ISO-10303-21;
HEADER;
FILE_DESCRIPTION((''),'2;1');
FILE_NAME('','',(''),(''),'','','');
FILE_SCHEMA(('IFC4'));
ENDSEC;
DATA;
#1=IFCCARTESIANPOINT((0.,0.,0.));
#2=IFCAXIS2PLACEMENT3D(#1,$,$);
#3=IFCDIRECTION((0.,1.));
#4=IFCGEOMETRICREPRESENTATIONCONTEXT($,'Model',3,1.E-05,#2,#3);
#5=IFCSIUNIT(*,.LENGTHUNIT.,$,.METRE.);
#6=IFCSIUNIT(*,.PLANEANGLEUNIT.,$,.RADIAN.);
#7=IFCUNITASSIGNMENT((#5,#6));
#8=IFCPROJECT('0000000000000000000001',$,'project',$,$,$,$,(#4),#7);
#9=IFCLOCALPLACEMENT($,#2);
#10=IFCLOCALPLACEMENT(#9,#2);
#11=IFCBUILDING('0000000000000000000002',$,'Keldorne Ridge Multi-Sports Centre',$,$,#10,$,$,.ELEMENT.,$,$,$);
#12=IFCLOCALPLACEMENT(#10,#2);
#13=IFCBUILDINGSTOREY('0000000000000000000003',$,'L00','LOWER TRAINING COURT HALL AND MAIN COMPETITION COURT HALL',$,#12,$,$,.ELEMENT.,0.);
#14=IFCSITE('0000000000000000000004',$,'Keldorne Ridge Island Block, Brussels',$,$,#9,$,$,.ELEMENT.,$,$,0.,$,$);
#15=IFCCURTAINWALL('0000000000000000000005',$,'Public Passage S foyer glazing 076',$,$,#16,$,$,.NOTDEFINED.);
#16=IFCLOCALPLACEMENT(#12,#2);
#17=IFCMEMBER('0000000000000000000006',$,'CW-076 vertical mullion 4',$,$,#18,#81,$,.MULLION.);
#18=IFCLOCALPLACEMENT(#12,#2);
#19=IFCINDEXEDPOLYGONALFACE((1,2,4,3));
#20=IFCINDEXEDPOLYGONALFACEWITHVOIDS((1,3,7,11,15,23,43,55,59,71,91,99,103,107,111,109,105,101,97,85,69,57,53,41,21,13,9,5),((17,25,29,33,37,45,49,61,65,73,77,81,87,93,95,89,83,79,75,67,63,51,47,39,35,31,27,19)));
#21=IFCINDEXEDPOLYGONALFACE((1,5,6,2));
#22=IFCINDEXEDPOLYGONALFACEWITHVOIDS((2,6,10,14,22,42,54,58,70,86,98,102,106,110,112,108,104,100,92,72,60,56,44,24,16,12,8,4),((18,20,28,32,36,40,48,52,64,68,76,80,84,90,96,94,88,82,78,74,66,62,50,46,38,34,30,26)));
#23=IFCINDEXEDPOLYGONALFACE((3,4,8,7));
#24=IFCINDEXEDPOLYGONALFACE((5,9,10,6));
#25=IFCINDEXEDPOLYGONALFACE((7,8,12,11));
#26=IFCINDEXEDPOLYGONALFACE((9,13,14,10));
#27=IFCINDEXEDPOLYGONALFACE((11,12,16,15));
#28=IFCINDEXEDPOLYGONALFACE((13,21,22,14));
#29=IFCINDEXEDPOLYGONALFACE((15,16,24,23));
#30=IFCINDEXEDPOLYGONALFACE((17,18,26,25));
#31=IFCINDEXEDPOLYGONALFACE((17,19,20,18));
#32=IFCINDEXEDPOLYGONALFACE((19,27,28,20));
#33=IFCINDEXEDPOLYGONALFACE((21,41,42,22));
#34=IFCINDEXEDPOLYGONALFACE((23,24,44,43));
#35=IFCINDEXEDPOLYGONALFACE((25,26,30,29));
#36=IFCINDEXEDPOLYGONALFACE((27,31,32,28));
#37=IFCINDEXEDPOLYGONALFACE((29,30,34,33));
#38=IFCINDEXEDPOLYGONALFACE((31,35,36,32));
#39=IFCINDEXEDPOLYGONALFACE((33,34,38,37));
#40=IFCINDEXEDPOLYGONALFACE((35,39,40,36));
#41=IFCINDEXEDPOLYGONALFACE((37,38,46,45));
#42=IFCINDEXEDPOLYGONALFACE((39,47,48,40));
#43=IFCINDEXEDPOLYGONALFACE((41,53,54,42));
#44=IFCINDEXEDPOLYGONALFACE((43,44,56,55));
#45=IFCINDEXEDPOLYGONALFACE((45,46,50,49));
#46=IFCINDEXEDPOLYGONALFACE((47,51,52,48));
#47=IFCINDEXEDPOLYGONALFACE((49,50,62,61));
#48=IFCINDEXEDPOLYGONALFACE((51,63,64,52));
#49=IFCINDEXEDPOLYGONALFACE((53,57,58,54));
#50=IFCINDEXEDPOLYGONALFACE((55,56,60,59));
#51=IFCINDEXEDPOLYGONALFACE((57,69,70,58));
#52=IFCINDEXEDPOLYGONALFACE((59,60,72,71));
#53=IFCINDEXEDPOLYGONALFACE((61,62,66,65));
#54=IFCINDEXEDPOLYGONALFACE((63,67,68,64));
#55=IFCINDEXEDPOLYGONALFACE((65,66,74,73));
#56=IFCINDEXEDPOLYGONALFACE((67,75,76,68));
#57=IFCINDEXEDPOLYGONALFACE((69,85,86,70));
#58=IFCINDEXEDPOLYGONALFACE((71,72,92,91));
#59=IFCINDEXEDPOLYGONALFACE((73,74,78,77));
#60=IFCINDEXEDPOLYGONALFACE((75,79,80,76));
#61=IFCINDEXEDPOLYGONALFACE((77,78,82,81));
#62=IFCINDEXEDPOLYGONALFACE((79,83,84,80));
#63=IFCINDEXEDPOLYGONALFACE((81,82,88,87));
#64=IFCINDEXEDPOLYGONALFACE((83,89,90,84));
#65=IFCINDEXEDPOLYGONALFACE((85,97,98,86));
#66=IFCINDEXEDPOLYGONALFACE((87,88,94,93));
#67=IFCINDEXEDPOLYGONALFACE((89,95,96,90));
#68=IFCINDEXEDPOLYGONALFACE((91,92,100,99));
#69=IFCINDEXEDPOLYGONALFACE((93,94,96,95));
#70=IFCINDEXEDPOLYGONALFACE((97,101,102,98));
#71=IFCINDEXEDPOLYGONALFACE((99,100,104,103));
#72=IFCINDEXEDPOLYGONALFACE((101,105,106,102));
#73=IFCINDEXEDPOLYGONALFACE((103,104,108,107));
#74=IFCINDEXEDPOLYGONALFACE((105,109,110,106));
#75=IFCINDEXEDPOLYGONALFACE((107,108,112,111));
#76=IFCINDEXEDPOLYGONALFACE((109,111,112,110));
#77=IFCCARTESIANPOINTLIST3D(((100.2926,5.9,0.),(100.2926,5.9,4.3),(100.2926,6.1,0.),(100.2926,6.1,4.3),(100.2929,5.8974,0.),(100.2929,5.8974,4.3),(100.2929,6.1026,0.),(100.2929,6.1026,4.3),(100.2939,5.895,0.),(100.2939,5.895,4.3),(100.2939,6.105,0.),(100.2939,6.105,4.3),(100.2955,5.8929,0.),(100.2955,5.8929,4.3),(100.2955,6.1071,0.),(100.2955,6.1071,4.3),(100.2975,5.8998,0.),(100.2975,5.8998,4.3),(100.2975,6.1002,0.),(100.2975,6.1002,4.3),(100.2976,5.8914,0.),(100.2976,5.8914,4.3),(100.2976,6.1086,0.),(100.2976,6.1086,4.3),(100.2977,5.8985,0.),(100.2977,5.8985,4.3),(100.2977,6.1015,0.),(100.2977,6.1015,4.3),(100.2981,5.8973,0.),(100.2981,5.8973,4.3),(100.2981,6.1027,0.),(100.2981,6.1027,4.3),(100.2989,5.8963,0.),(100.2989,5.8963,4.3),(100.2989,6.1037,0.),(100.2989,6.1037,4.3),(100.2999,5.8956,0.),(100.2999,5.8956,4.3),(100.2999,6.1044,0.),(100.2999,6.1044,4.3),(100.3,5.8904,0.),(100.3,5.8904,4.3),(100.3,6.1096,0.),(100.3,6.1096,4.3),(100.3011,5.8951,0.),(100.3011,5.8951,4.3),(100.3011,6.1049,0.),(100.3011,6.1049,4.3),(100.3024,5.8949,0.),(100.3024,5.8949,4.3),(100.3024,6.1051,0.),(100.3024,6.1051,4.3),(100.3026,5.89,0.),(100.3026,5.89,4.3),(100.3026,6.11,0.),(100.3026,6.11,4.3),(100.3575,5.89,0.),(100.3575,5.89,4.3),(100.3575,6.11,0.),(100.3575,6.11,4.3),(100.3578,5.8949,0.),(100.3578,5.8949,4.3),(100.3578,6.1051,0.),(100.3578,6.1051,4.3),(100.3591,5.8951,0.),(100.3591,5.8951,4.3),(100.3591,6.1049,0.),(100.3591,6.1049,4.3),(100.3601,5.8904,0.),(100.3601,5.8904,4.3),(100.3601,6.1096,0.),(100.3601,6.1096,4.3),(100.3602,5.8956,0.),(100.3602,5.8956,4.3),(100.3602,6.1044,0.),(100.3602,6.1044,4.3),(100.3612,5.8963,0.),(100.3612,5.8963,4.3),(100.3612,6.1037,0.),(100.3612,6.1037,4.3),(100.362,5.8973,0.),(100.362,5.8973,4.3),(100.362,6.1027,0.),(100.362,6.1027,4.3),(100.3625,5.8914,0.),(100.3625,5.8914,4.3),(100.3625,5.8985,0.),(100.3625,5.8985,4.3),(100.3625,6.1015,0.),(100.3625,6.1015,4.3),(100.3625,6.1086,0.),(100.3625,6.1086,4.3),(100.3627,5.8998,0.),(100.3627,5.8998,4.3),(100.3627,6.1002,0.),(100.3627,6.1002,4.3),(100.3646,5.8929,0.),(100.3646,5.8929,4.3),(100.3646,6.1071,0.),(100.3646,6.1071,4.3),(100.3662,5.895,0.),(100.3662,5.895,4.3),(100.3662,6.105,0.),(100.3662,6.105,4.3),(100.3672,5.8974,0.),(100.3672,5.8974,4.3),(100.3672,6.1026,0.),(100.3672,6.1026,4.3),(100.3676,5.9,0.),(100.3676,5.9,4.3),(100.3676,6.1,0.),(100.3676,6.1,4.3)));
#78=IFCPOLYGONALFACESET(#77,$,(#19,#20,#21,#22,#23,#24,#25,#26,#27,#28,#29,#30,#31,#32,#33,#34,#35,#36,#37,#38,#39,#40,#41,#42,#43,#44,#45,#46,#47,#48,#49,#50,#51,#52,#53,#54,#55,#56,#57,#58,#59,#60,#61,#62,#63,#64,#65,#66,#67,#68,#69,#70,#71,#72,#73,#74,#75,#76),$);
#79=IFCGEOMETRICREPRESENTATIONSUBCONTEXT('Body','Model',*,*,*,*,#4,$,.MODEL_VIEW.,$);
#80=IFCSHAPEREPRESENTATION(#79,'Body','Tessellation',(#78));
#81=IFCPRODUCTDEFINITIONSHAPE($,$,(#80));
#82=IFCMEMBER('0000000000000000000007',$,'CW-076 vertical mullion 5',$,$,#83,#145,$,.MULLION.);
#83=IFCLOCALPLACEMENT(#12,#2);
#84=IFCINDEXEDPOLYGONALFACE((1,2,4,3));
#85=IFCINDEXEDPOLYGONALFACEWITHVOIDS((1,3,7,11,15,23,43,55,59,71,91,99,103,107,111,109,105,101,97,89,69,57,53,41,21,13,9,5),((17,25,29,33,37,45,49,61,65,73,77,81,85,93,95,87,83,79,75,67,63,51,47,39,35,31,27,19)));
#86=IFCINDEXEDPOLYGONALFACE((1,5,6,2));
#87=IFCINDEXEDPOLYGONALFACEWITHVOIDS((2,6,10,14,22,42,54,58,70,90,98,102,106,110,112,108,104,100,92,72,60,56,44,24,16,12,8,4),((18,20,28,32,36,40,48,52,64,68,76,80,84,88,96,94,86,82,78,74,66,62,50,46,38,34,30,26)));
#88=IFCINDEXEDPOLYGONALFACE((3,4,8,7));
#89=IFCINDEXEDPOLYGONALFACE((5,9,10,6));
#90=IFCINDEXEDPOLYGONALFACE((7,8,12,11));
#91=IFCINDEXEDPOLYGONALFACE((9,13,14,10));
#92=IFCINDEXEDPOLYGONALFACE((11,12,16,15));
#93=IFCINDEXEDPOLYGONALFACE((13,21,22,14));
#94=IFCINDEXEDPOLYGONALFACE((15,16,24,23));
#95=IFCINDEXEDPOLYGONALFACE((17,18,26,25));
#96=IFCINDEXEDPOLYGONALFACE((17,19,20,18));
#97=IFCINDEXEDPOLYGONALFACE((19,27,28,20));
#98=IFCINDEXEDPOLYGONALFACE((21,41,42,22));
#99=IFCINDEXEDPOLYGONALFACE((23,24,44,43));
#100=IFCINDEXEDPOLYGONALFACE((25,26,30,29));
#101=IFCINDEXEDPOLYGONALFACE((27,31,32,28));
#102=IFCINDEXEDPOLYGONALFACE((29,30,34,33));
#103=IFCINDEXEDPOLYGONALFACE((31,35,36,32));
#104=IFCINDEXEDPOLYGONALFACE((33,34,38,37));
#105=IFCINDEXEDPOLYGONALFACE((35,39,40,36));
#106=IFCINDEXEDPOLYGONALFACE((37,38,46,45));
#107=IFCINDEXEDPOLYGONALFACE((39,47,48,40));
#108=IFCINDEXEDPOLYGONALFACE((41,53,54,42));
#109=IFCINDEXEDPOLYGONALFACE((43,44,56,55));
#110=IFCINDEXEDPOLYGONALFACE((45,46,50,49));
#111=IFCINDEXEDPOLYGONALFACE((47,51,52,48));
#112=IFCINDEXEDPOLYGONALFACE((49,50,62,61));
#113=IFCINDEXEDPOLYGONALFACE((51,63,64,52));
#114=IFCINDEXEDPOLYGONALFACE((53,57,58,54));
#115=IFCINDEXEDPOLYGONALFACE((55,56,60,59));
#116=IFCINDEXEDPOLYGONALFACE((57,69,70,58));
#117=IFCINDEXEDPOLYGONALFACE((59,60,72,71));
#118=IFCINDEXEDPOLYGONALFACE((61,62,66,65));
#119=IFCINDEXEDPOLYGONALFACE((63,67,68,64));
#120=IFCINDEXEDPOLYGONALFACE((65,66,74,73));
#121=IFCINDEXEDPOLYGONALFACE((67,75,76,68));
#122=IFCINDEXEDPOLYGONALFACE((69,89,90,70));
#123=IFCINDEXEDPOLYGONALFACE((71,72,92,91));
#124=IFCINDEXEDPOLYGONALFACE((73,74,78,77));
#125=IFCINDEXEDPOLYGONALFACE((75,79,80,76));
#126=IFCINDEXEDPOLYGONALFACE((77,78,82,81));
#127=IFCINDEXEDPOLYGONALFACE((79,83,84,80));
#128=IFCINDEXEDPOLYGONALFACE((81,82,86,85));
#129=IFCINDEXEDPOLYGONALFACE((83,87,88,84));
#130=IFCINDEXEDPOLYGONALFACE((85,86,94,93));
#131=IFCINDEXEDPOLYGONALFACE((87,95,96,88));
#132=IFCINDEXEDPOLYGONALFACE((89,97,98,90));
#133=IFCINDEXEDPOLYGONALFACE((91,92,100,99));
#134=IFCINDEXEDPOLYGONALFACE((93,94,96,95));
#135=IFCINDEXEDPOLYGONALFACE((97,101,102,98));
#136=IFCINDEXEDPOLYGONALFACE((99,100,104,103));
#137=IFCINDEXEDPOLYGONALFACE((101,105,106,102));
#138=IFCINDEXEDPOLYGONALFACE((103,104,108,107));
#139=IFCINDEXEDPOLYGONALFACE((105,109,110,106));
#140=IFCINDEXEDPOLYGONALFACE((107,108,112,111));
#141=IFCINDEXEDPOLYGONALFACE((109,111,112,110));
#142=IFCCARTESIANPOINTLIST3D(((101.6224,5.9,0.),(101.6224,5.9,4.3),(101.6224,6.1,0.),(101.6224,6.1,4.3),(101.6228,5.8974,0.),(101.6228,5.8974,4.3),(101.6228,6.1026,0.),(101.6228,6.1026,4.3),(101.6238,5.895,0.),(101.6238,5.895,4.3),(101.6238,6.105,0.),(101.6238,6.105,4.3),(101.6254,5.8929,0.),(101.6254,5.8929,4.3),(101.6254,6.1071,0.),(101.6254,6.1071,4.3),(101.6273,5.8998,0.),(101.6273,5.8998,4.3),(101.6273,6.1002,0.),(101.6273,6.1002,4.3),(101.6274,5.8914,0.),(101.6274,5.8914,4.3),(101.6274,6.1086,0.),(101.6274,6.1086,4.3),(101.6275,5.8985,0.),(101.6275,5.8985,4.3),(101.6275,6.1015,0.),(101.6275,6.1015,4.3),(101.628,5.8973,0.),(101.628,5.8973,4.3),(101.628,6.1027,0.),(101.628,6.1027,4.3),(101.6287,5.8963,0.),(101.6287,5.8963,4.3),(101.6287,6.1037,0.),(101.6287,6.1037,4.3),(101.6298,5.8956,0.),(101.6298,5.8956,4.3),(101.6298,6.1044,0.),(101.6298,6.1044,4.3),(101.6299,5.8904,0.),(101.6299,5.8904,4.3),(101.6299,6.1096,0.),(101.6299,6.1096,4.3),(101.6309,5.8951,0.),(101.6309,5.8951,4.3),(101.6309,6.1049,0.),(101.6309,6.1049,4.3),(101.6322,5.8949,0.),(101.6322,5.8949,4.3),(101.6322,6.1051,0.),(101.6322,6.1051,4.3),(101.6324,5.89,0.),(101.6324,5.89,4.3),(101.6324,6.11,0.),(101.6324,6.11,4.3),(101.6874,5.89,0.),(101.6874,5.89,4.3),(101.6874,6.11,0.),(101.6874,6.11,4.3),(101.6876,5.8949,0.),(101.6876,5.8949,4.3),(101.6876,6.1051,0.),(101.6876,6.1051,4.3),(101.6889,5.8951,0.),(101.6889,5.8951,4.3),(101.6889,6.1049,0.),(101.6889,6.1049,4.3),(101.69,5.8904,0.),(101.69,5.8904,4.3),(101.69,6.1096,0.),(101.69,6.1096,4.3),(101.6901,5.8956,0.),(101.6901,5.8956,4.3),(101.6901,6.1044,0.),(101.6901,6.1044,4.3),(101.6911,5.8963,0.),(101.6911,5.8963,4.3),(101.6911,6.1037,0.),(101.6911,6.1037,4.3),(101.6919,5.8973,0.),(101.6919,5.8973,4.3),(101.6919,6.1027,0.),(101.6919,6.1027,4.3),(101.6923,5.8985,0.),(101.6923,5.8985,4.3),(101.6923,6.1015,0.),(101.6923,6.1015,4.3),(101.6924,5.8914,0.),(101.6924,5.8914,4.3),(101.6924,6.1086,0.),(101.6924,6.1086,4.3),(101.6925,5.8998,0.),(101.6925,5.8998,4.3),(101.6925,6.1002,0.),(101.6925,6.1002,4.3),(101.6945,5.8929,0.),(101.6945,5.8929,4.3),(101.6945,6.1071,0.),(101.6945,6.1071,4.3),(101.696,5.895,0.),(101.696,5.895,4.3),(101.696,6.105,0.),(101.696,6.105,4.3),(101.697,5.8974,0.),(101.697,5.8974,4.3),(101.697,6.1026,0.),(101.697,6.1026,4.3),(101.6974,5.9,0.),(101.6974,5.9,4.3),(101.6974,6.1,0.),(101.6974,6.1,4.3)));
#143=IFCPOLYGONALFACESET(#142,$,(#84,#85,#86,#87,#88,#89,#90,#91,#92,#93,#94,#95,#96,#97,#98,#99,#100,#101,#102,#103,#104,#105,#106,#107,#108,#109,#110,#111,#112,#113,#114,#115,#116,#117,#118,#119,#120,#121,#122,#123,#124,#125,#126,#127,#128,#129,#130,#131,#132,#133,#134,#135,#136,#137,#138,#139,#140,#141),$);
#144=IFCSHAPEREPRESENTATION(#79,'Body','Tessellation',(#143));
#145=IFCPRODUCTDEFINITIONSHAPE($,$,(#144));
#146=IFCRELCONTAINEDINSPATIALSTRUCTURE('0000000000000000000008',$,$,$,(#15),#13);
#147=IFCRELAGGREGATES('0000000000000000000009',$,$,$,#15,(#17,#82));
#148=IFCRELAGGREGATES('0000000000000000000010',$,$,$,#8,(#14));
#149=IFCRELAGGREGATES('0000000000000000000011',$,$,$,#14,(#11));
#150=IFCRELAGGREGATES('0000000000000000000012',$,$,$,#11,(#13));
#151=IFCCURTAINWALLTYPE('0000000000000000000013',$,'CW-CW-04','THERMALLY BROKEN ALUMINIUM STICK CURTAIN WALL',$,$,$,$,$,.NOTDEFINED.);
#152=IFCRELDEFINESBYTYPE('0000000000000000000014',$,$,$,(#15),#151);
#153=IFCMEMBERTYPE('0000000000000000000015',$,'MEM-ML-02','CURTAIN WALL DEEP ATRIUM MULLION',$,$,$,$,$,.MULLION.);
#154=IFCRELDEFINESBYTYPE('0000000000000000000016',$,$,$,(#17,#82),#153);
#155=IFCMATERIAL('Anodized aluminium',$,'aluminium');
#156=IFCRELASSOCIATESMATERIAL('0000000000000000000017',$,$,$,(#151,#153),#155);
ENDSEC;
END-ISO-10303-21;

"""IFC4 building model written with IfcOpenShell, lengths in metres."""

from ifc_helpers import new_model, si_unit, direction, frame, origin, origin_2d, place, context, subcontext, project, spatial, hollow_rectangle, extrude, material, material_profile, profile_set, type_object, element, aggregate, save


model = new_model("IFC4")

# Units and contexts
model_context = context("Model", 3, precision=1e-05, world=origin(), true_north=direction((0.0, 1.0)))
body_context = subcontext(model_context, "Body", "Model", "MODEL_VIEW")
ifc_project = project(units=[si_unit("LENGTHUNIT", "METRE"), si_unit("PLANEANGLEUNIT", "RADIAN")], contexts=[model_context])

# Site, building, storey
site_placement = place(None, origin())
site = spatial("IfcSite", under=ifc_project, at=site_placement, Name="Keldorne Ridge Island Block, Brussels", CompositionType="ELEMENT", RefElevation=0.0)
building_placement = place(site_placement, origin())
building = spatial("IfcBuilding", under=site, at=building_placement, Name="Keldorne Ridge Multi-Sports Centre", CompositionType="ELEMENT")
storey_placement = place(building_placement, origin())
storey = spatial("IfcBuildingStorey", under=building, at=storey_placement, Name="L00", Description="LOWER TRAINING COURT HALL AND MAIN COMPETITION COURT HALL", CompositionType="ELEMENT", Elevation=0.0)

# Curtain wall, members
ifc_material_1 = material(Name="Anodized aluminium", Category="aluminium")
curtain_wall_type = type_object("IfcCurtainWallType", Name="CW-CW-04", Description="THERMALLY BROKEN ALUMINIUM STICK CURTAIN WALL", PredefinedType="NOTDEFINED", material=ifc_material_1)
curtain_wall_placement = place(storey_placement, origin())
curtain_wall = element("IfcCurtainWall", 1, at=curtain_wall_placement, inside=storey, type_object=curtain_wall_type, Name="Public Passage S foyer glazing 076", PredefinedType="NOTDEFINED")
ifc_material_profile_1 = material_profile(ifc_material_1, hollow_rectangle(XDim=0.075, YDim=0.22, WallThickness=0.0049, InnerFilletRadius=0.0049, OuterFilletRadius=0.01, at=origin_2d()), Name="ALU MULLION 220x75x5")
ifc_profile_set_1 = profile_set([ifc_material_profile_1], Name="Anodized aluminium")
member_type_1 = type_object("IfcMemberType", Name="MEM-ML-02", Description="CURTAIN WALL DEEP ATRIUM MULLION", PredefinedType="MULLION", material=ifc_profile_set_1)
member_1_placement = place(storey_placement, frame((100.3301, 6.0, 0.0), z_axis=(0.0, 0.0, 1.0), x_axis=(1.0, 0.0, 0.0)))
member_1 = element("IfcMember", 2, at=member_1_placement, type_object=member_type_1, Name="CW-076 vertical mullion 4", PredefinedType="MULLION", context=body_context, shape_type="SweptSolid", body=[
    extrude(hollow_rectangle(XDim=0.075, YDim=0.22, WallThickness=0.0049, InnerFilletRadius=0.0049, OuterFilletRadius=0.01, at=origin_2d()), origin(), (0.0, 0.0, 1.0), 4.3),
])
member_2_placement = place(storey_placement, frame((101.6599, 6.0, 0.0), z_axis=(0.0, 0.0, 1.0), x_axis=(1.0, 0.0, 0.0)))
member_2 = element("IfcMember", 3, at=member_2_placement, type_object=member_type_1, Name="CW-076 vertical mullion 5", PredefinedType="MULLION", context=body_context, shape_type="SweptSolid", body=[
    extrude(hollow_rectangle(XDim=0.075, YDim=0.22, WallThickness=0.0049, InnerFilletRadius=0.0049, OuterFilletRadius=0.01, at=origin_2d()), origin(), (0.0, 0.0, 1.0), 4.3),
])
aggregate(curtain_wall, [member_1, member_2])

save(model, "model.ifc")
